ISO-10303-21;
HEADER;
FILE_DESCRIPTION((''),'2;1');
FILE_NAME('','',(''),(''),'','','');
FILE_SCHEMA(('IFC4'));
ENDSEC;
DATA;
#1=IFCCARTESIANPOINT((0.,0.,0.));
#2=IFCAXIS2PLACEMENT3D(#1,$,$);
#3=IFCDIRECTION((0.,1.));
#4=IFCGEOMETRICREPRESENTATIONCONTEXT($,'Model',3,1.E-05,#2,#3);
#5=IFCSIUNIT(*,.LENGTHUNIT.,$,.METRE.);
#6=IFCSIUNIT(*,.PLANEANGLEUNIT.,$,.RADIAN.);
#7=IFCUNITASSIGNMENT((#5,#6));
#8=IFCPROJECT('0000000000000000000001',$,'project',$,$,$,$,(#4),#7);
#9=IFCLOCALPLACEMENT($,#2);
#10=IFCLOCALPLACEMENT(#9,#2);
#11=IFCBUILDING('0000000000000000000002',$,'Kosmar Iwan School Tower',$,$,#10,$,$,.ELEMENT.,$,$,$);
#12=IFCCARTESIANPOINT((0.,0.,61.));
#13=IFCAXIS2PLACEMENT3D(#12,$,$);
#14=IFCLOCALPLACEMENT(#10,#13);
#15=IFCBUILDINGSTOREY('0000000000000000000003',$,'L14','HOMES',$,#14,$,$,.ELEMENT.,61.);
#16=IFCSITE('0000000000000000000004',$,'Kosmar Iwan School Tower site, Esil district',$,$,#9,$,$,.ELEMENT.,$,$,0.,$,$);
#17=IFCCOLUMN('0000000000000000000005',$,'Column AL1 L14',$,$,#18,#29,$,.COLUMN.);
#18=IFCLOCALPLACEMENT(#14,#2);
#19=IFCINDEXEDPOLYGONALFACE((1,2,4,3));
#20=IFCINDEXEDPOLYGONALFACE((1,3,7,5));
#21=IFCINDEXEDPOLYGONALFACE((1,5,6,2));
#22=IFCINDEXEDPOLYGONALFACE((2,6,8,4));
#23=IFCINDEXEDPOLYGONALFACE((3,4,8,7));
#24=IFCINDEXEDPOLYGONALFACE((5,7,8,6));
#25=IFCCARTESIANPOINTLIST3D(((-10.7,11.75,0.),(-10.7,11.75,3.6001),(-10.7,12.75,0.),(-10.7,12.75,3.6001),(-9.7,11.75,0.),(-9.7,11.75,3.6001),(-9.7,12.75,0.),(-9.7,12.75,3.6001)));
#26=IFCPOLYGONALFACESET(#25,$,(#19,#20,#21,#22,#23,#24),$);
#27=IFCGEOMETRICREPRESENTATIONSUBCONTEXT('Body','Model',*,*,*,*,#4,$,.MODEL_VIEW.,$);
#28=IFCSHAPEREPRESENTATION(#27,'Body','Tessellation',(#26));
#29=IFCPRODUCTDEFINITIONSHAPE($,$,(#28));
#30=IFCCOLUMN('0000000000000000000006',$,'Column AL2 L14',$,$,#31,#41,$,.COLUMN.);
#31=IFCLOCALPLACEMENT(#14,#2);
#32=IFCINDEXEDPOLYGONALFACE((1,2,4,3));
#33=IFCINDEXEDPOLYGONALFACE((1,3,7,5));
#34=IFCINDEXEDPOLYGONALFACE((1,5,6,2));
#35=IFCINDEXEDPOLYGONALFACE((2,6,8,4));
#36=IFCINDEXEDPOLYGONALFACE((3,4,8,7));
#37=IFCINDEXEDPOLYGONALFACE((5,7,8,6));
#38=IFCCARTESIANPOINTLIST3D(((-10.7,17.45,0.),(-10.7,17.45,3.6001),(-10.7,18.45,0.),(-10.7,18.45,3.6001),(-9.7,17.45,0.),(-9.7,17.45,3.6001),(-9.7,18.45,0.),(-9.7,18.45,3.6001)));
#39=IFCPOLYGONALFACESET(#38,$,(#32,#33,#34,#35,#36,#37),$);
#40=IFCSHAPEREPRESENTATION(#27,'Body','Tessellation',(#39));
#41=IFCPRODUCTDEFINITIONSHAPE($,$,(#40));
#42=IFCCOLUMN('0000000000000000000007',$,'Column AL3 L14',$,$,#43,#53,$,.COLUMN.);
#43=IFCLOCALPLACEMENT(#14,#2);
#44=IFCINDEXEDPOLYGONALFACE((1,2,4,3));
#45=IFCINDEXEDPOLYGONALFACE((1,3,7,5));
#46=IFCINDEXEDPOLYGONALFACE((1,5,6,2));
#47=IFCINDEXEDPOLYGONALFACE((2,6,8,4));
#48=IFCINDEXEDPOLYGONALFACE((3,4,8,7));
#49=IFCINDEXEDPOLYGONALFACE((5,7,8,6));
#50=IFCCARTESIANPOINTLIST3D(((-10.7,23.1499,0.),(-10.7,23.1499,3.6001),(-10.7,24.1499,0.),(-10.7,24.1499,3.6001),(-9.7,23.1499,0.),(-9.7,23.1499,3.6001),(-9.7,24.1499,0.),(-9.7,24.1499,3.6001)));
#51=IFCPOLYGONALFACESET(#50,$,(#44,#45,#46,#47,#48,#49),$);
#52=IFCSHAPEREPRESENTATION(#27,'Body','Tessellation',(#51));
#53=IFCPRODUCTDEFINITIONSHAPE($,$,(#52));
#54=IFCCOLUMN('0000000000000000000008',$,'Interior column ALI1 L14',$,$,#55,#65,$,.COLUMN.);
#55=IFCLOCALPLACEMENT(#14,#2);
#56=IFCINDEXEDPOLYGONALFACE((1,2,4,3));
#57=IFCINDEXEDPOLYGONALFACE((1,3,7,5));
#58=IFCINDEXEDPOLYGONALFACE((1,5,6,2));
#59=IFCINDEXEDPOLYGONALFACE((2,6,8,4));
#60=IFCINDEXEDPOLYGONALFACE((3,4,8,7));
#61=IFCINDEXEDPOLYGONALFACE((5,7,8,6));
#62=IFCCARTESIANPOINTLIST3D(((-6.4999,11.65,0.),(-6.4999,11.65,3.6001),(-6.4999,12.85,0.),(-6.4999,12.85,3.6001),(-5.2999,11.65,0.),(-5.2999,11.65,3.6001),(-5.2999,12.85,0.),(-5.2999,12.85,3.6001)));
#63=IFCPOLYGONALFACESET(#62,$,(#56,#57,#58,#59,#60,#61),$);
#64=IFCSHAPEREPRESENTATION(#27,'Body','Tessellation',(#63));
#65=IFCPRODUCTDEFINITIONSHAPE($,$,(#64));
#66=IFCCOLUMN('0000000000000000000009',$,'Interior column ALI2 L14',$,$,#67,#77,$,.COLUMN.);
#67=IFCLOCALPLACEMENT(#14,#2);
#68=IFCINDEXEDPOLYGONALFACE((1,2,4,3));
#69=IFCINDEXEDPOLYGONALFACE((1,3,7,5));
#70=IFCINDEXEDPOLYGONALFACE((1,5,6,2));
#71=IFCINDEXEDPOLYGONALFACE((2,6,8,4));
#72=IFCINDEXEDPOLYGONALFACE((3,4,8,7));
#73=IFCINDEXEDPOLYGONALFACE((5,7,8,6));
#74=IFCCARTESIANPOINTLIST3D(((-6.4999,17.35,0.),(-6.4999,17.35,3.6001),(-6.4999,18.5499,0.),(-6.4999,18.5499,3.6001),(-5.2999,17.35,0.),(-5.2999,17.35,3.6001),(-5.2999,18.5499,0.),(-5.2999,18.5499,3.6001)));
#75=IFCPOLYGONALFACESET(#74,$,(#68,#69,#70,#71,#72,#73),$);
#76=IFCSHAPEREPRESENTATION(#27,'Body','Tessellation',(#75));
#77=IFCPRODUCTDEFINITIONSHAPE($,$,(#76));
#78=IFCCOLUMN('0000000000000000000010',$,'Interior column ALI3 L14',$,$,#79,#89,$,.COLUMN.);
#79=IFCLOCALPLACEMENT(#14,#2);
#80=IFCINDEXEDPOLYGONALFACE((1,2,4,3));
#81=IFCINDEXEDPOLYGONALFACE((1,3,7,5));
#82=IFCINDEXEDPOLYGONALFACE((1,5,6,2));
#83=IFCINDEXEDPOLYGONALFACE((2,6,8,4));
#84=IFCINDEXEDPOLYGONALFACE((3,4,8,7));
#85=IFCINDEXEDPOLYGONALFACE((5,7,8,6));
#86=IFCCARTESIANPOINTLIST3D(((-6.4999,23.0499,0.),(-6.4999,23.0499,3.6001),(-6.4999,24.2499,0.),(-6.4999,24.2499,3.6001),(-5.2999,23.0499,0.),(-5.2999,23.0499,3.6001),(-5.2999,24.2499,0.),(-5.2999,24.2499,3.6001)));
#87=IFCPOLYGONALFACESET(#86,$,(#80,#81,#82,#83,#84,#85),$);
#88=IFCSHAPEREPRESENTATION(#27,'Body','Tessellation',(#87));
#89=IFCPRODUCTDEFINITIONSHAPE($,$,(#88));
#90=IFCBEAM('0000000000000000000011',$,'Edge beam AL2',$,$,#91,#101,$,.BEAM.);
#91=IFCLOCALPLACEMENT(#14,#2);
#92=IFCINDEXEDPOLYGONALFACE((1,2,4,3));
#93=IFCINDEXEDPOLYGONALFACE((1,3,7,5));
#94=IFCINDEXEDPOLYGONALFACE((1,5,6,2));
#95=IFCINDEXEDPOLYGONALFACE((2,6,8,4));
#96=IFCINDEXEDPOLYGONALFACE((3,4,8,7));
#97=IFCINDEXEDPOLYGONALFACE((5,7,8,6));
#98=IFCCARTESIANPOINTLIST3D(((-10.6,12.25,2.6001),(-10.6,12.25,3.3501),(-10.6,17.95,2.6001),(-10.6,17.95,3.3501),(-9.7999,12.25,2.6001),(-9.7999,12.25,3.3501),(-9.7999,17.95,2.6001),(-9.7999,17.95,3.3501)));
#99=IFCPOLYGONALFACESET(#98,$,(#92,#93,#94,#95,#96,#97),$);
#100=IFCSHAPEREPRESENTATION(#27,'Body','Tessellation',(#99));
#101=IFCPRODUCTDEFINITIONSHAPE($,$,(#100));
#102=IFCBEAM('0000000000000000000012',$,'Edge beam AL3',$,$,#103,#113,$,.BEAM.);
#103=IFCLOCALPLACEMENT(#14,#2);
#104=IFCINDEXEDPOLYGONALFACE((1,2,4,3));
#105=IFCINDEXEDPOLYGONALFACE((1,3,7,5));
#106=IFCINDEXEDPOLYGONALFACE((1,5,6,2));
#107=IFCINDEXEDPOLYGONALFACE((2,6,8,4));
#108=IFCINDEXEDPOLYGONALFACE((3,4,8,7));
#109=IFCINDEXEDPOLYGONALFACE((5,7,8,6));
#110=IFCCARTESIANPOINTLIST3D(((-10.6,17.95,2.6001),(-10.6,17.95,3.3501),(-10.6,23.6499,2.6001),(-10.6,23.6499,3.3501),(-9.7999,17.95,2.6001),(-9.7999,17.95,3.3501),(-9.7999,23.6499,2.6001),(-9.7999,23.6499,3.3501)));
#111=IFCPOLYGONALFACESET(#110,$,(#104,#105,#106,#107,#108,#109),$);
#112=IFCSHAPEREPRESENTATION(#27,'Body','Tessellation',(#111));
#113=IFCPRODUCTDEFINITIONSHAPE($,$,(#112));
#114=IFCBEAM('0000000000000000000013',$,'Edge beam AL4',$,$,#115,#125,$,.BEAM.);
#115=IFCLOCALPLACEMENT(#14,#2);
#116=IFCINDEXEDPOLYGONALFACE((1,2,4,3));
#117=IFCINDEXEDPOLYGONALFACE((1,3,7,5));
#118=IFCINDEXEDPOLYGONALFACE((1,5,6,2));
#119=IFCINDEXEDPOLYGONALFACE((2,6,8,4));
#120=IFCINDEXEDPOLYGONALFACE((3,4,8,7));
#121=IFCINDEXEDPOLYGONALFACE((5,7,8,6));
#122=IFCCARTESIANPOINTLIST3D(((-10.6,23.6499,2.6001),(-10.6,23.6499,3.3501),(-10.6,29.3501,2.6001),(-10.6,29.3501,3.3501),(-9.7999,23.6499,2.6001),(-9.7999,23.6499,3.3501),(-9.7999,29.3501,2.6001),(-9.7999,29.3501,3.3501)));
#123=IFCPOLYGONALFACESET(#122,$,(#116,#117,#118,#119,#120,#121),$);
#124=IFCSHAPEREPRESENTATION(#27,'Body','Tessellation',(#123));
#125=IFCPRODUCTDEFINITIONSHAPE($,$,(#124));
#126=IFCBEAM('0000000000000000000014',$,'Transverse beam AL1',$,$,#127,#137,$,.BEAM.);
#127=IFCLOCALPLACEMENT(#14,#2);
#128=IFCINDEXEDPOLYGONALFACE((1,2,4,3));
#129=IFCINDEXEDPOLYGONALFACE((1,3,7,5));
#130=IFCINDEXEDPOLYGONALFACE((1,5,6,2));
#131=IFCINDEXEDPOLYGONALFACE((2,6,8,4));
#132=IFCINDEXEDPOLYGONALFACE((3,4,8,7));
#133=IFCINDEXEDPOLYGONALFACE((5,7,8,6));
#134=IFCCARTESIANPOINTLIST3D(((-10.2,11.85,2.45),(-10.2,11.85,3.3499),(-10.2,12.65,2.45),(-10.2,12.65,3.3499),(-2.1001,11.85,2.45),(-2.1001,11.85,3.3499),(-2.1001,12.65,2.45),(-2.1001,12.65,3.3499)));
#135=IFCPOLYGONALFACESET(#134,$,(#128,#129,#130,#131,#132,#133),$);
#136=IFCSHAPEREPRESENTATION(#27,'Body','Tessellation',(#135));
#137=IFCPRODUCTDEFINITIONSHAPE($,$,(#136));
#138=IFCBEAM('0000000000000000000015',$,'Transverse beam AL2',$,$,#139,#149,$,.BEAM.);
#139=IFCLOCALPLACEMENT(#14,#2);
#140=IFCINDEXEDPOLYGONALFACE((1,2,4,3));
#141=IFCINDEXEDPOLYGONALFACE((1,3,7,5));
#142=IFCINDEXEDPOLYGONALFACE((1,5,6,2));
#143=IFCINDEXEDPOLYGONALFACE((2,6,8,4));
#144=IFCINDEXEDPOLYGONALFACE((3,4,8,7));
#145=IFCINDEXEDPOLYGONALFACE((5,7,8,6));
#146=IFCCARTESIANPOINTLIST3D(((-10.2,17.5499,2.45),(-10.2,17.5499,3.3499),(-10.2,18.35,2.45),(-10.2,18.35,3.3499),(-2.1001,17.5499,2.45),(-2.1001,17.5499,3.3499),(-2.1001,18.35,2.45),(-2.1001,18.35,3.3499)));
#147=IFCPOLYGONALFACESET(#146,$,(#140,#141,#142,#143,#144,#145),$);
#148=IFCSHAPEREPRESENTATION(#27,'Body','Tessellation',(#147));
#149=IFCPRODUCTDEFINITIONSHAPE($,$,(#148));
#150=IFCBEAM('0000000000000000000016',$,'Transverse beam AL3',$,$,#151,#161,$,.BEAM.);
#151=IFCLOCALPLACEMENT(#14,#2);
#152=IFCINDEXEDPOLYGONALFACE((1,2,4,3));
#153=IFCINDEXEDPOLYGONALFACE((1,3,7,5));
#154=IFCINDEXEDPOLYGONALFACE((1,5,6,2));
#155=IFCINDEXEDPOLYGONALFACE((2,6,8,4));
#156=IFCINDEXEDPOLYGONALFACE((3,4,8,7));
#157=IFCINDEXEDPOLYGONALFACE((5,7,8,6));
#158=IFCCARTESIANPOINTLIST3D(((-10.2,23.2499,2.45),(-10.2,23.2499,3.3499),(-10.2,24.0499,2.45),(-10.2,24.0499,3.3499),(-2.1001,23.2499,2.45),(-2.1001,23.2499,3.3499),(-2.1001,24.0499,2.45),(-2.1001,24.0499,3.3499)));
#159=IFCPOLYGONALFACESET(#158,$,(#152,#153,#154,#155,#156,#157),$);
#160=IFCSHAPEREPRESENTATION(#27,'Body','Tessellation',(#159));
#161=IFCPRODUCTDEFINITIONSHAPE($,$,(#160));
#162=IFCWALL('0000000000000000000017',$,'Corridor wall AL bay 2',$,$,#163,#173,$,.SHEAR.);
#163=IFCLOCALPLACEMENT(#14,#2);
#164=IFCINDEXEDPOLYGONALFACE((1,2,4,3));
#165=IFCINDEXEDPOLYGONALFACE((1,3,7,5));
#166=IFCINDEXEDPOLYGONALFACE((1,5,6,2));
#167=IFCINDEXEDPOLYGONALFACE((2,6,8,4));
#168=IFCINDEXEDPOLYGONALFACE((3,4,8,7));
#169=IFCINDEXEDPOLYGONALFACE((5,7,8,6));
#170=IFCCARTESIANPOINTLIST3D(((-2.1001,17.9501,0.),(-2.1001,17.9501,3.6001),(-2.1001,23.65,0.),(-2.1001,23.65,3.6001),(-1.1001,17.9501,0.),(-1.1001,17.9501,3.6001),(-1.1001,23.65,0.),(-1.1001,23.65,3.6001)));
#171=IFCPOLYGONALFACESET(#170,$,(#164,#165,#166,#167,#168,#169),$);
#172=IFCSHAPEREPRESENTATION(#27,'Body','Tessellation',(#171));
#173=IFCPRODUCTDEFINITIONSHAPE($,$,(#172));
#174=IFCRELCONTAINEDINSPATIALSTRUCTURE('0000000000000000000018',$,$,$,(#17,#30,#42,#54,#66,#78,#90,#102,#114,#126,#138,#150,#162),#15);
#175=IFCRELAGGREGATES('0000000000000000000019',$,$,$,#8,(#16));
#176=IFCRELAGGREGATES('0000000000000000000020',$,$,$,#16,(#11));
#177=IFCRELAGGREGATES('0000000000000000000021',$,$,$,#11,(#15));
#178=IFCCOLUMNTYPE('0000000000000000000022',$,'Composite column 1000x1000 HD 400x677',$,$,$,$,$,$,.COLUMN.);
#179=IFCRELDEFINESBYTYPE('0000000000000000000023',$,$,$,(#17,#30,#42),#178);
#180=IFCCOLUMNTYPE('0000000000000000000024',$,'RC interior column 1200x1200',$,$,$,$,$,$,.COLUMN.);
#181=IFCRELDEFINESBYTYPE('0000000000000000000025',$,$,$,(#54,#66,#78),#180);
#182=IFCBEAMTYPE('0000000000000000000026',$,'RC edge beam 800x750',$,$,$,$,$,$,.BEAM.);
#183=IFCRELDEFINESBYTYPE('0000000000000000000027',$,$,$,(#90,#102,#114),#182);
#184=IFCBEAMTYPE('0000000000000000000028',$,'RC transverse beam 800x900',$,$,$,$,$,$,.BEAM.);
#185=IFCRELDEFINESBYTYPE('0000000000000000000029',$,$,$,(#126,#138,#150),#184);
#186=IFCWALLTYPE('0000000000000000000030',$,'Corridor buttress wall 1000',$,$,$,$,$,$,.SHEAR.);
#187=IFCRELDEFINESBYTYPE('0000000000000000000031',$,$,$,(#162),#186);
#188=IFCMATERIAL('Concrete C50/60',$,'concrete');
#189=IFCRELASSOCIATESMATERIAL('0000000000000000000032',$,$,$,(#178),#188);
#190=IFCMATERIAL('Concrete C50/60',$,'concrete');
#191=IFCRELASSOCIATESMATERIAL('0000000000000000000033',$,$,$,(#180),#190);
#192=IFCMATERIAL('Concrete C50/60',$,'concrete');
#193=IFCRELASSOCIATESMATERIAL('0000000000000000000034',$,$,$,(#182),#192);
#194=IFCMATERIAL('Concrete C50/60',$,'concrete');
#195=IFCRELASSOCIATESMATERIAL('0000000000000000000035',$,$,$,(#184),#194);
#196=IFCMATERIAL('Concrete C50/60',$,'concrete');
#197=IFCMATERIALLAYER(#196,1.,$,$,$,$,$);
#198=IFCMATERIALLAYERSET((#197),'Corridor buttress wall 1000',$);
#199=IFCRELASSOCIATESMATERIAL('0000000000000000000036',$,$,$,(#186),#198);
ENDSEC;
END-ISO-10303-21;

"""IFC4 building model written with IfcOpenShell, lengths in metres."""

from ifc_helpers import new_model, si_unit, direction, frame, frame_2d, origin, origin_2d, place, context, subcontext, project, spatial, rectangle, extrude, material, layer, layer_set, material_profile, profile_set, type_object, element, save


model = new_model("IFC4")

# Units and contexts
model_context = context("Model", 3, precision=1e-05, world=origin(), true_north=direction((0.0, 1.0)))
body_context = subcontext(model_context, "Body", "Model", "MODEL_VIEW")
ifc_project = project(units=[si_unit("LENGTHUNIT", "METRE"), si_unit("PLANEANGLEUNIT", "RADIAN")], contexts=[model_context])

# Site, building, storey
site_placement = place(None, origin())
site = spatial("IfcSite", under=ifc_project, at=site_placement, Name="Kosmar Iwan School Tower site, Esil district", CompositionType="ELEMENT", RefElevation=0.0)
building_placement = place(site_placement, origin())
building = spatial("IfcBuilding", under=site, at=building_placement, Name="Kosmar Iwan School Tower", CompositionType="ELEMENT")
storey_placement = place(building_placement, frame((0.0, 0.0, 61.0)))
storey = spatial("IfcBuildingStorey", under=building, at=storey_placement, Name="L14", Description="HOMES", CompositionType="ELEMENT", Elevation=61.0)

# Columns
ifc_material_1 = material(Name="Concrete C50/60", Category="concrete")
ifc_material_profile_1 = material_profile(ifc_material_1, rectangle(XDim=1.0, YDim=1.0, at=origin_2d()), Name="RC 1000x1000 + HD 400x677")
ifc_profile_set_1 = profile_set([ifc_material_profile_1], Name="Concrete C50/60")
column_type_1 = type_object("IfcColumnType", Name="Composite column 1000x1000 HD 400x677", PredefinedType="COLUMN", material=ifc_profile_set_1)
for number, where, z_axis, x_axis, name in (
    (1, (-10.2, 12.25, 0.0), (0.0, 0.0, 1.0), (0.0, 1.0, 0.0), "Column AL1 L14"),
    (2, (-10.2, 17.95, 0.0), (0.0, 0.0, 1.0), (0.0, 1.0, 0.0), "Column AL2 L14"),
    (3, (-10.2, 23.6499, 0.0), (0.0, 0.0, 1.0), (0.0, 1.0, 0.0), "Column AL3 L14"),
):
    element("IfcColumn", number, at=place(storey_placement, frame(where, z_axis=z_axis, x_axis=x_axis)), inside=storey, type_object=column_type_1, Name=name, PredefinedType="COLUMN", context=body_context, shape_type="SweptSolid", body=[
        extrude(rectangle(XDim=1.0, YDim=1.0, at=origin_2d()), origin(), (0.0, 0.0, 1.0), 3.6001),
    ])
ifc_material_2 = material(Name="Concrete C50/60", Category="concrete")
ifc_material_profile_2 = material_profile(ifc_material_2, rectangle(XDim=1.2, YDim=1.2, at=origin_2d()), Name="RC 1200x1200")
ifc_profile_set_2 = profile_set([ifc_material_profile_2], Name="Concrete C50/60")
column_type_2 = type_object("IfcColumnType", Name="RC interior column 1200x1200", PredefinedType="COLUMN", material=ifc_profile_set_2)
for number, where, z_axis, x_axis, name in (
    (4, (-5.8999, 12.25, 0.0), (0.0, 0.0, 1.0), (0.0, 1.0, 0.0), "Interior column ALI1 L14"),
    (5, (-5.8999, 17.95, 0.0), (0.0, 0.0, 1.0), (0.0, 1.0, 0.0), "Interior column ALI2 L14"),
    (6, (-5.8999, 23.6499, 0.0), (0.0, 0.0, 1.0), (0.0, 1.0, 0.0), "Interior column ALI3 L14"),
):
    element("IfcColumn", number, at=place(storey_placement, frame(where, z_axis=z_axis, x_axis=x_axis)), inside=storey, type_object=column_type_2, Name=name, PredefinedType="COLUMN", context=body_context, shape_type="SweptSolid", body=[
        extrude(rectangle(XDim=1.2, YDim=1.2, at=origin_2d()), origin(), (0.0, 0.0, 1.0), 3.6001),
    ])

# Beams
ifc_material_3 = material(Name="Concrete C50/60", Category="concrete")
ifc_material_profile_3 = material_profile(ifc_material_3, rectangle(XDim=0.8, YDim=0.75, at=origin_2d()), Name="RC 800x750")
ifc_profile_set_3 = profile_set([ifc_material_profile_3], Name="Concrete C50/60")
beam_type_1 = type_object("IfcBeamType", Name="RC edge beam 800x750", PredefinedType="BEAM", material=ifc_profile_set_3)
for number, where, z_axis, x_axis, name in (
    (7, (-10.2, 12.25, 2.9751), (0.0, 1.0, 0.0), (-1.0, 0.0, 0.0), "Edge beam AL2"),
    (8, (-10.2, 17.95, 2.9751), (0.0, 1.0, 0.0), (-1.0, 0.0, 0.0), "Edge beam AL3"),
):
    element("IfcBeam", number, at=place(storey_placement, frame(where, z_axis=z_axis, x_axis=x_axis)), inside=storey, type_object=beam_type_1, Name=name, PredefinedType="BEAM", context=body_context, shape_type="SweptSolid", body=[
        extrude(rectangle(XDim=0.8, YDim=0.75, at=origin_2d()), origin(), (0.0, 0.0, 1.0), 5.7),
    ])
beam_placement = place(storey_placement, frame((-10.2, 23.6499, 2.9751), z_axis=(0.0, 1.0, 0.0), x_axis=(-1.0, 0.0, 0.0)))
element("IfcBeam", 9, at=beam_placement, inside=storey, type_object=beam_type_1, Name="Edge beam AL4", PredefinedType="BEAM", context=body_context, shape_type="SweptSolid", body=[
    extrude(rectangle(XDim=0.8, YDim=0.75, at=origin_2d()), origin(), (0.0, 0.0, 1.0), 5.7002),
])
ifc_material_4 = material(Name="Concrete C50/60", Category="concrete")
ifc_material_profile_4 = material_profile(ifc_material_4, rectangle(XDim=0.8, YDim=0.8999, at=origin_2d()), Name="RC 800x900")
ifc_profile_set_4 = profile_set([ifc_material_profile_4], Name="Concrete C50/60")
beam_type_2 = type_object("IfcBeamType", Name="RC transverse beam 800x900", PredefinedType="BEAM", material=ifc_profile_set_4)
for number, where, z_axis, x_axis, name in (
    (10, (-10.2, 12.25, 2.8999), (1.0, 0.0, 0.0), (0.0, 1.0, 0.0), "Transverse beam AL1"),
    (11, (-10.2, 17.95, 2.8999), (1.0, 0.0, 0.0), (0.0, 1.0, 0.0), "Transverse beam AL2"),
    (12, (-10.2, 23.6499, 2.8999), (1.0, 0.0, 0.0), (0.0, 1.0, 0.0), "Transverse beam AL3"),
):
    element("IfcBeam", number, at=place(storey_placement, frame(where, z_axis=z_axis, x_axis=x_axis)), inside=storey, type_object=beam_type_2, Name=name, PredefinedType="BEAM", context=body_context, shape_type="SweptSolid", body=[
        extrude(rectangle(XDim=0.8, YDim=0.8999, at=origin_2d()), origin(), (0.0, 0.0, 1.0), 8.0999),
    ])

# Wall
ifc_material_5 = material(Name="Concrete C50/60", Category="concrete")
ifc_layer_1 = layer(ifc_material_5, 1.0)
ifc_layer_set_1 = layer_set([ifc_layer_1], Name="Corridor buttress wall 1000")
wall_type_1 = type_object("IfcWallType", Name="Corridor buttress wall 1000", PredefinedType="SHEAR", material=ifc_layer_set_1)
wall_1_placement = place(storey_placement, frame((-1.6001, 17.95, 0.0), z_axis=(0.0, 0.0, 1.0), x_axis=(0.0, 1.0, 0.0)))
element("IfcWall", 13, at=wall_1_placement, inside=storey, type_object=wall_type_1, Name="Corridor wall AL bay 2", PredefinedType="SHEAR", context=body_context, shape_type="SweptSolid", body=[
    extrude(rectangle(XDim=5.7, YDim=1.0, at=frame_2d((2.8501, 0.0))), origin(), (0.0, 0.0, 1.0), 3.6001),
])

save(model, "model.ifc")
